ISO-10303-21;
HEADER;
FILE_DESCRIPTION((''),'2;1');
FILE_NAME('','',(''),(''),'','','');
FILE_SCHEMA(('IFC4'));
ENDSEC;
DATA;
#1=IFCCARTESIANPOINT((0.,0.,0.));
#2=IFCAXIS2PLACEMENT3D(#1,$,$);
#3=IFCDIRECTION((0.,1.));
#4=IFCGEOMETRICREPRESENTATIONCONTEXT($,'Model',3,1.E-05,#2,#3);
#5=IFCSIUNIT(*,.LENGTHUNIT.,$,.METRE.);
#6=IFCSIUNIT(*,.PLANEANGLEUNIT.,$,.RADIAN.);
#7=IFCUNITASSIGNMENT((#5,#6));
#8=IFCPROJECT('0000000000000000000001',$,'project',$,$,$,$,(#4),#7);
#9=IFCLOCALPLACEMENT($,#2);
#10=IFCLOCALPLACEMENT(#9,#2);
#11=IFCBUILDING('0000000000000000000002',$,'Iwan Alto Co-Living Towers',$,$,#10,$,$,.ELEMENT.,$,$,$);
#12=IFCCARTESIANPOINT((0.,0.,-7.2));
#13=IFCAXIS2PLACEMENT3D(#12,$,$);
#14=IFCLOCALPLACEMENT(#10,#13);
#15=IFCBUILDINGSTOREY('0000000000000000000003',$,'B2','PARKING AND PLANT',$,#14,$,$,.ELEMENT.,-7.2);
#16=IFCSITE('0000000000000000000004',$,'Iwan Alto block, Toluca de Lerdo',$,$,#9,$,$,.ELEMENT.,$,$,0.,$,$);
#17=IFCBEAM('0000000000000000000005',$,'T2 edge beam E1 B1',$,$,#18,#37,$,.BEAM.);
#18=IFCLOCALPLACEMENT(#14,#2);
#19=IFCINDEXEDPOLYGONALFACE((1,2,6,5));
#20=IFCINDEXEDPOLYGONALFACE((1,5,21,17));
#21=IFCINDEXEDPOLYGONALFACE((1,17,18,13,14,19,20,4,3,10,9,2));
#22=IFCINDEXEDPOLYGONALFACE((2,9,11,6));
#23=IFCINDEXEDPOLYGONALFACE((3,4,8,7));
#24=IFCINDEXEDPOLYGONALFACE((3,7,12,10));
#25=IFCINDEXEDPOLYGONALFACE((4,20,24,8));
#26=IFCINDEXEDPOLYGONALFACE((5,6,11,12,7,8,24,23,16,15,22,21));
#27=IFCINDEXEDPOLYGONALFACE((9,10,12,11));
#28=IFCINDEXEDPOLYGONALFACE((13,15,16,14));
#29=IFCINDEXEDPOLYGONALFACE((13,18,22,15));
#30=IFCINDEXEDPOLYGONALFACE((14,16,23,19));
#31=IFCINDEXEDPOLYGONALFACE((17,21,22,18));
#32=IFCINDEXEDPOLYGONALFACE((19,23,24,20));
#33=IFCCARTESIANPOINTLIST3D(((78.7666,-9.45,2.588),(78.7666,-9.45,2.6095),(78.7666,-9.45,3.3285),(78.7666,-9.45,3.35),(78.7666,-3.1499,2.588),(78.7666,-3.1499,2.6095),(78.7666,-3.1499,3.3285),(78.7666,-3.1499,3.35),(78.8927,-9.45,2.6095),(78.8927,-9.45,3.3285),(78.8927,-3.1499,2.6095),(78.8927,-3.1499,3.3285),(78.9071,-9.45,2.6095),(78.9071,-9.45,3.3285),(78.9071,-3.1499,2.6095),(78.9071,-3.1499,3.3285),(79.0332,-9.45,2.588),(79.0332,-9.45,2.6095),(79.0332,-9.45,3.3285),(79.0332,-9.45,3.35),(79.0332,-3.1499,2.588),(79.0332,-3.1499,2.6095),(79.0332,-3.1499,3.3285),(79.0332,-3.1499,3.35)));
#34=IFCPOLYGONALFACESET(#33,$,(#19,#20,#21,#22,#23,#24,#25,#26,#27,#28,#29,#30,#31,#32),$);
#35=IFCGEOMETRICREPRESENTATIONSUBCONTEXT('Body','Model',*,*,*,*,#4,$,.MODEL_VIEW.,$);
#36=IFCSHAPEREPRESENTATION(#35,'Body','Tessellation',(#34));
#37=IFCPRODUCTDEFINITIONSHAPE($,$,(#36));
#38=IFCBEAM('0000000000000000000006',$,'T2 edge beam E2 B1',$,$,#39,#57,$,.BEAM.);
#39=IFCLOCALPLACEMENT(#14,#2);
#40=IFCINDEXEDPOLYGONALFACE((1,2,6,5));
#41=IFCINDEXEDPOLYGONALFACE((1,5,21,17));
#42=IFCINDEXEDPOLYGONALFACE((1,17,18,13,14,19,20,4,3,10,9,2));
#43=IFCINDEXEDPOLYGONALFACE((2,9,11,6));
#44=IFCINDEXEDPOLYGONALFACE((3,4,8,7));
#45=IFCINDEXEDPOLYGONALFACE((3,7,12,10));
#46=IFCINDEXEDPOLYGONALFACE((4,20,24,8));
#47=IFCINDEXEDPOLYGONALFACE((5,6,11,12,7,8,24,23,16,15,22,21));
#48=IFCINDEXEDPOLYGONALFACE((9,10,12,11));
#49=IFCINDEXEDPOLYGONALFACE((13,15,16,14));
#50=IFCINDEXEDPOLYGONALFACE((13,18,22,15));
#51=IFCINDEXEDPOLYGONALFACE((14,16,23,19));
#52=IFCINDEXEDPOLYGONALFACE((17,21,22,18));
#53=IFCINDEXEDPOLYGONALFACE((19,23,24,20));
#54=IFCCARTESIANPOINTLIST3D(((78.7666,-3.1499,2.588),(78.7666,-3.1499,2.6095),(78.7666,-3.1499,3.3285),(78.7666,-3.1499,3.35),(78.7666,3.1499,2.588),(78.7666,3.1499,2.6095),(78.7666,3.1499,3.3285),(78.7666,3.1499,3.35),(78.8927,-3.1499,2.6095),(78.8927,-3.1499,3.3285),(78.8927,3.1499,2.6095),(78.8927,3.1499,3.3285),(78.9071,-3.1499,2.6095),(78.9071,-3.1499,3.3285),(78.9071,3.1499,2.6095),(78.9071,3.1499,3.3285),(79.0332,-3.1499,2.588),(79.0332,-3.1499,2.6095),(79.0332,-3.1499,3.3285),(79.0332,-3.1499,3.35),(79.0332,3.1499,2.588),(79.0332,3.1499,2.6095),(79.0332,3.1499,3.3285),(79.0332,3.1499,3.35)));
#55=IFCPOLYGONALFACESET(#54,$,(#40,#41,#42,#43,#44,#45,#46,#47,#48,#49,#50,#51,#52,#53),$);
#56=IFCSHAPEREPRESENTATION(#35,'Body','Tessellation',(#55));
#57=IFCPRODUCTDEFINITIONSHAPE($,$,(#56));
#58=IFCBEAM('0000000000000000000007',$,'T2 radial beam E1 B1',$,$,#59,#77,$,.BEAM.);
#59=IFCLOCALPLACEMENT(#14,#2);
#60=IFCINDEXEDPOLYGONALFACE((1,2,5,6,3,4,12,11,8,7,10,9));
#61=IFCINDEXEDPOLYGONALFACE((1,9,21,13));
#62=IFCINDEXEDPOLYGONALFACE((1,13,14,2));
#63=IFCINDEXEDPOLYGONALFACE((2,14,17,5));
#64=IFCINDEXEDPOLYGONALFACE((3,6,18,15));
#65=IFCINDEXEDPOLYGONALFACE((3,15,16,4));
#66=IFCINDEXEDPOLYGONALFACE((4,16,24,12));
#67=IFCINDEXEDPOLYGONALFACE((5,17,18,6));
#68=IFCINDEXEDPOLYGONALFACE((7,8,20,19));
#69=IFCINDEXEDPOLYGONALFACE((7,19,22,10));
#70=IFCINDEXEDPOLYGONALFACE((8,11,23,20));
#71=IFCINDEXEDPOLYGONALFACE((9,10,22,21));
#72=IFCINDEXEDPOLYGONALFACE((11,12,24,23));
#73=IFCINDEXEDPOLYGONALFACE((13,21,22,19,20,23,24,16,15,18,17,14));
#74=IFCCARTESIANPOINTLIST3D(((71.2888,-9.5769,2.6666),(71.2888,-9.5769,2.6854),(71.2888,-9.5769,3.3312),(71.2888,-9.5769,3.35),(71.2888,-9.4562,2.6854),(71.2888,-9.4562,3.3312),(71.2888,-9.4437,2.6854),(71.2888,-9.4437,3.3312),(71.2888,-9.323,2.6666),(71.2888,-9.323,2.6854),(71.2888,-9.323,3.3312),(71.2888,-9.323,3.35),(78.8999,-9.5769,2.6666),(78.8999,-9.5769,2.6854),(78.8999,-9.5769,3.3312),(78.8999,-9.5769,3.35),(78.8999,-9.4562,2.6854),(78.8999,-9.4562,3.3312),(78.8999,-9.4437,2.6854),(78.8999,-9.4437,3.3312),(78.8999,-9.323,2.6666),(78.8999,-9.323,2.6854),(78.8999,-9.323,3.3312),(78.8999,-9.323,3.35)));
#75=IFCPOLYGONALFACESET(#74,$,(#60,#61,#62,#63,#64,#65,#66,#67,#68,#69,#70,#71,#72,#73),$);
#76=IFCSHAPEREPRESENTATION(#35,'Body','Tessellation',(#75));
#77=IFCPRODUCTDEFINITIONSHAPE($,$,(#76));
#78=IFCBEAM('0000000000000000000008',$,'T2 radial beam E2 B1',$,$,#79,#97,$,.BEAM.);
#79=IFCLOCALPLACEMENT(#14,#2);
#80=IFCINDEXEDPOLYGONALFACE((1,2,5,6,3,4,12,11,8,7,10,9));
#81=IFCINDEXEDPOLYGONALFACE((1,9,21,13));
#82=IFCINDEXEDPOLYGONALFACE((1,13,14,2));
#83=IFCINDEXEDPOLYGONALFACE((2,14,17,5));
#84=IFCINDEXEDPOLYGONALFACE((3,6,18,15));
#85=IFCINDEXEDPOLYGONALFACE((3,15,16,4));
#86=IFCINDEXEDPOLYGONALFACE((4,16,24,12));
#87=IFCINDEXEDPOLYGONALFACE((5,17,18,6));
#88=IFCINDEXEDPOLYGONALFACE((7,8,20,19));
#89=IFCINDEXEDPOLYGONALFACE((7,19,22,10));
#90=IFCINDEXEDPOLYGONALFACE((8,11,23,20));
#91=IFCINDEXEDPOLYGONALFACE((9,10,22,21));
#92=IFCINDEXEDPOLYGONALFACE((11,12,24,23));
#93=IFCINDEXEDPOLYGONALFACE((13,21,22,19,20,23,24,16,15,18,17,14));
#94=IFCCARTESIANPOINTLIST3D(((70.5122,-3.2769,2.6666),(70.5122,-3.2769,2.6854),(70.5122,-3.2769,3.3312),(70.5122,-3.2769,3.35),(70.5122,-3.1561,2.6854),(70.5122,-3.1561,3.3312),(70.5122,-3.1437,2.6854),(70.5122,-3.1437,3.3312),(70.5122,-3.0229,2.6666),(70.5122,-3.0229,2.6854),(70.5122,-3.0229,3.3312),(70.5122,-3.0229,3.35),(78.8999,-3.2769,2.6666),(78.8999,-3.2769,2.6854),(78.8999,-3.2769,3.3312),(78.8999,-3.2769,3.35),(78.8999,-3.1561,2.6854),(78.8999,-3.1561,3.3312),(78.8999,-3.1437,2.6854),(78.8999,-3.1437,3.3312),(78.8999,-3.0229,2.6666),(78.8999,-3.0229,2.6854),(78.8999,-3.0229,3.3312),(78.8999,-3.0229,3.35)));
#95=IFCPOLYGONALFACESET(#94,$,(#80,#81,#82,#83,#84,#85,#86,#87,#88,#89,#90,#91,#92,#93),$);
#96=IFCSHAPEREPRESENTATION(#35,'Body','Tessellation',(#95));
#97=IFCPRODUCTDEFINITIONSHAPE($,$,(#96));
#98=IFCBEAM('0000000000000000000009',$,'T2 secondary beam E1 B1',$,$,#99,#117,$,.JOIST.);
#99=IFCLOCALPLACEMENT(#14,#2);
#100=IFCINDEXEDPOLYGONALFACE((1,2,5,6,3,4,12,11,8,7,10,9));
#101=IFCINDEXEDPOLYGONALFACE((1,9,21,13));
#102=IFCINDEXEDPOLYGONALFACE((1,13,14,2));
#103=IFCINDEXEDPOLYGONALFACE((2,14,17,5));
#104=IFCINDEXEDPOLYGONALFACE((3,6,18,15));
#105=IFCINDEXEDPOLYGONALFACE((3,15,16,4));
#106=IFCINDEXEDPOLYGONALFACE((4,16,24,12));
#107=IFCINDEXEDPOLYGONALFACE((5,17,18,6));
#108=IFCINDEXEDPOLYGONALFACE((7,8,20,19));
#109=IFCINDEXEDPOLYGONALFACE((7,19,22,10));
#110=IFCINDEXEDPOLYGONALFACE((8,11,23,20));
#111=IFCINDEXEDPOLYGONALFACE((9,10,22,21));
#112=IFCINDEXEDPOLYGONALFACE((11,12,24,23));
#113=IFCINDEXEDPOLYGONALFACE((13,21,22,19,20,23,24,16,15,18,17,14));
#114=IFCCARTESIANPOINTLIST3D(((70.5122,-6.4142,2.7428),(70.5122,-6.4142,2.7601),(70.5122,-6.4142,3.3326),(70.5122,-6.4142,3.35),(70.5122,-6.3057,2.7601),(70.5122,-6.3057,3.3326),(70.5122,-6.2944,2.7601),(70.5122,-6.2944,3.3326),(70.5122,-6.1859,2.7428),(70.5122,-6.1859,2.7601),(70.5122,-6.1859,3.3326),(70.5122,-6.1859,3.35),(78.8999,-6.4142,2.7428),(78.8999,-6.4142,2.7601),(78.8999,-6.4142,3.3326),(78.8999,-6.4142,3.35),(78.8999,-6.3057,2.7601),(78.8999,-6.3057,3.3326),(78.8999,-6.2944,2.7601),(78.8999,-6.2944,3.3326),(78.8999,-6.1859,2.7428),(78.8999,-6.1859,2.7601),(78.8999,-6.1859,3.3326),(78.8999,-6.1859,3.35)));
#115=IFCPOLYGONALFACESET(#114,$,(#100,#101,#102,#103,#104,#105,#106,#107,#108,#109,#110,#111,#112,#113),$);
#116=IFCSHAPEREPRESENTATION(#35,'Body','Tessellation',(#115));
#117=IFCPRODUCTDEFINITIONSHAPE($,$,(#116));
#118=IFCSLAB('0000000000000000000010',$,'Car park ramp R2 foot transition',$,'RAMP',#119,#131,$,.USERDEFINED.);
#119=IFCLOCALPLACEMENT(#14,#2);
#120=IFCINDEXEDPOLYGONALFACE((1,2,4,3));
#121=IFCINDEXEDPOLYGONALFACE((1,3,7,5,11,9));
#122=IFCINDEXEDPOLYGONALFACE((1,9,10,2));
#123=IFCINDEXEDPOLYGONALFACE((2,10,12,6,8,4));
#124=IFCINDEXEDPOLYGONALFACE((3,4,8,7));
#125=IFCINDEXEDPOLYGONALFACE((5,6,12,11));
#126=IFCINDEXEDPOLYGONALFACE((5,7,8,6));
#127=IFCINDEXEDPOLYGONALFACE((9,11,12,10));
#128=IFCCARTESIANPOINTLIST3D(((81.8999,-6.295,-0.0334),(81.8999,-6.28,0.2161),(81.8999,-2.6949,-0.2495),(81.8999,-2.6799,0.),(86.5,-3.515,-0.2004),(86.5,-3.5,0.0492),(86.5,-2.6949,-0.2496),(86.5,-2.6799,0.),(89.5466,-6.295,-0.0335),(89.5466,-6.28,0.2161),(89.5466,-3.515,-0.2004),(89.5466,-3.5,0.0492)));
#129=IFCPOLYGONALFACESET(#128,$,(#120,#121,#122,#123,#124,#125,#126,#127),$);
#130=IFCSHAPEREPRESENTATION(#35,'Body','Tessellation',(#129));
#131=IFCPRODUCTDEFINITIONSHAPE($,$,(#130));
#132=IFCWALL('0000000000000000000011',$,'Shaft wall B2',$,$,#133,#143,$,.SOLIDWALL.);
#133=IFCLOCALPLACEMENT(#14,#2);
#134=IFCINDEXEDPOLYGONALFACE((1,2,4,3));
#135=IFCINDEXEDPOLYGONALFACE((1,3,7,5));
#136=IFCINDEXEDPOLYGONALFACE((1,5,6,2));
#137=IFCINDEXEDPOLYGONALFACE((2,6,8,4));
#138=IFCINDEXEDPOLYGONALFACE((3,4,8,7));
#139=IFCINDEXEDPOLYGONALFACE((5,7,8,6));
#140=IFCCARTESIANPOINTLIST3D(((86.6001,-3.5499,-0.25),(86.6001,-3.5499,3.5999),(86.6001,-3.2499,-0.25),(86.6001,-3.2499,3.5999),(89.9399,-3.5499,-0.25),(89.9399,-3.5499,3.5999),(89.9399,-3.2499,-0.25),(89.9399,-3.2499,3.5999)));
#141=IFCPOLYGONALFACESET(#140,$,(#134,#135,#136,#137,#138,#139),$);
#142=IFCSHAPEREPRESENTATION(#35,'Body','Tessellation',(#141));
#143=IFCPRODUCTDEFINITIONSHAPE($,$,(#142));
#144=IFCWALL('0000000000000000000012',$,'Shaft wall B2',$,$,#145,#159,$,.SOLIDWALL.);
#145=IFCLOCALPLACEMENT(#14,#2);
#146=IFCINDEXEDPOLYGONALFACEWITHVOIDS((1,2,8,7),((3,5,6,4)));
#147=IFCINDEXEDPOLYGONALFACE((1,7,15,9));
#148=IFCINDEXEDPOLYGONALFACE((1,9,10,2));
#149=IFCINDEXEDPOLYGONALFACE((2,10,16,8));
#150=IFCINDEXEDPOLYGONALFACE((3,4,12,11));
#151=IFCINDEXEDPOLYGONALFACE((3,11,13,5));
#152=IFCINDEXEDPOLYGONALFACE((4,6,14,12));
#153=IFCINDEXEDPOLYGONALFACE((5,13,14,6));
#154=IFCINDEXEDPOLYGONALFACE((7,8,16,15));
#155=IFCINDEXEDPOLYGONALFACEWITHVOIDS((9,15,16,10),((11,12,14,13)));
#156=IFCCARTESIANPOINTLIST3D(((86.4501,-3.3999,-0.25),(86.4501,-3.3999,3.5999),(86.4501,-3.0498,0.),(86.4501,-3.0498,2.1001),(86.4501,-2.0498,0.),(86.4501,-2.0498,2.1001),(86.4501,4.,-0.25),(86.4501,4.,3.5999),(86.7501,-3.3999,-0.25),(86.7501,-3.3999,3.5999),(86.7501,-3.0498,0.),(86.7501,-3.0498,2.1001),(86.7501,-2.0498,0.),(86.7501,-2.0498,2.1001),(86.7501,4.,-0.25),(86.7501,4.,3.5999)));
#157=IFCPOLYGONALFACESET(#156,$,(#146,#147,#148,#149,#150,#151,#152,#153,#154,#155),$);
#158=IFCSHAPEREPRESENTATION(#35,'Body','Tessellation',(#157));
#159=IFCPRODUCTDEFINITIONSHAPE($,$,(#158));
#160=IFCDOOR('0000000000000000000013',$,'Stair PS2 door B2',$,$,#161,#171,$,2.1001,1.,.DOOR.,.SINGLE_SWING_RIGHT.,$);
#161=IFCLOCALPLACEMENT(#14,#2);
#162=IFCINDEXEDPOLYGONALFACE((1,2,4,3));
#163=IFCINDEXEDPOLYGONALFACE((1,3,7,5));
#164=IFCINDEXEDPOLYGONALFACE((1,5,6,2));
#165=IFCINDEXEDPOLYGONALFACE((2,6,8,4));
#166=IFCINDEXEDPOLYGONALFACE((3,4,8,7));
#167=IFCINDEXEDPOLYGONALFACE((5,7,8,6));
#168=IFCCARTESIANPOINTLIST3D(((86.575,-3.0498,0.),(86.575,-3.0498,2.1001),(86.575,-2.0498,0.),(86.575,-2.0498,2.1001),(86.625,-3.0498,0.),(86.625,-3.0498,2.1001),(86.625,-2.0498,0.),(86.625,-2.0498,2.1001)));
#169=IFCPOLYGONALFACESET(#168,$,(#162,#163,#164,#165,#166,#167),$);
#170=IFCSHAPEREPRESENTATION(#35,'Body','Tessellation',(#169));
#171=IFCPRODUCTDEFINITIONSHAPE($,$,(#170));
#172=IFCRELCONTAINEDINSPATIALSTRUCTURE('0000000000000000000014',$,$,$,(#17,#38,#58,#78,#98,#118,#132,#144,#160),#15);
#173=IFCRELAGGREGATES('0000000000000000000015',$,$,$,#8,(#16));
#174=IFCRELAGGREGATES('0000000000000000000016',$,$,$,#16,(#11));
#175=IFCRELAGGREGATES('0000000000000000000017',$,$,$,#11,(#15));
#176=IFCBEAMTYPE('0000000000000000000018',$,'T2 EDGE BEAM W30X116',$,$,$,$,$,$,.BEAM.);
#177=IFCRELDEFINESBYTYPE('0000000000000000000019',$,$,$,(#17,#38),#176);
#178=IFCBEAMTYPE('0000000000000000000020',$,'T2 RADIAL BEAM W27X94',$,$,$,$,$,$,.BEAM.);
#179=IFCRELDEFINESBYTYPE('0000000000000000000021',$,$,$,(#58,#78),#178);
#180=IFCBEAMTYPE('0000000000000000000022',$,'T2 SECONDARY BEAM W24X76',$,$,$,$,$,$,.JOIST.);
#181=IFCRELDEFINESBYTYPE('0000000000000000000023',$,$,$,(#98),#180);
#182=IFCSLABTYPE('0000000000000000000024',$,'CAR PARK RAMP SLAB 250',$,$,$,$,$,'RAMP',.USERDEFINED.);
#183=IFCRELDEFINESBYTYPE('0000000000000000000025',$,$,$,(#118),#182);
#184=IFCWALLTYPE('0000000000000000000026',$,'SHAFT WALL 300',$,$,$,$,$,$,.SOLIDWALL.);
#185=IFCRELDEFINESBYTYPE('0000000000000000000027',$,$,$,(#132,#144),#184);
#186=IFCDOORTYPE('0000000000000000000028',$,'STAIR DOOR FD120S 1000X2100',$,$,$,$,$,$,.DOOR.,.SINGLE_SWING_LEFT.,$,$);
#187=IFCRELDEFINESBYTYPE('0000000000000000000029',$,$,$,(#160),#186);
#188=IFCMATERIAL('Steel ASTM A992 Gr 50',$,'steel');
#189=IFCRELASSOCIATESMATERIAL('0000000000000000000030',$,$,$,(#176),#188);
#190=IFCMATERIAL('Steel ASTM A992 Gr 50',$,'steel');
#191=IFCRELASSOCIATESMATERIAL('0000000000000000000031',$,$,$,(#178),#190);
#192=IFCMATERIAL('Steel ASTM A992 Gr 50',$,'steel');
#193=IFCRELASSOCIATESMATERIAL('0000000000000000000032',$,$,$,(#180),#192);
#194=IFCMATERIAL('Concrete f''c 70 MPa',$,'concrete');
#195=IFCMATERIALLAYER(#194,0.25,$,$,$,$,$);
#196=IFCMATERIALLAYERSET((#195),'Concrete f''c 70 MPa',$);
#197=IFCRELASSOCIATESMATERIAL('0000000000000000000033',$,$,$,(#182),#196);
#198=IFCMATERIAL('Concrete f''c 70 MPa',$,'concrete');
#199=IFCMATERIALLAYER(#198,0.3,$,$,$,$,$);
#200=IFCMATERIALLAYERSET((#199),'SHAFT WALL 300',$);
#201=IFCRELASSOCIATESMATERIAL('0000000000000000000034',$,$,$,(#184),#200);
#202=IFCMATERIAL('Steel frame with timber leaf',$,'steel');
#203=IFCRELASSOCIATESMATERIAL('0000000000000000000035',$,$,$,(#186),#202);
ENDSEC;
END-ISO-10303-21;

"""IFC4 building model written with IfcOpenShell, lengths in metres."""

from ifc_helpers import new_model, si_unit, direction, frame, frame_2d, origin, origin_2d, place, context, subcontext, project, spatial, polyline, rectangle, i_section, outline, extrude, material, layer, layer_set, material_profile, profile_set, type_object, element, fill, save


model = new_model("IFC4")

# Units and contexts
model_context = context("Model", 3, precision=1e-05, world=origin(), true_north=direction((0.0, 1.0)))
body_context = subcontext(model_context, "Body", "Model", "MODEL_VIEW")
ifc_project = project(units=[si_unit("LENGTHUNIT", "METRE"), si_unit("PLANEANGLEUNIT", "RADIAN")], contexts=[model_context])

# Site, building, storey
site_placement = place(None, origin())
site = spatial("IfcSite", under=ifc_project, at=site_placement, Name="Iwan Alto block, Toluca de Lerdo", CompositionType="ELEMENT", RefElevation=0.0)
building_placement = place(site_placement, origin())
building = spatial("IfcBuilding", under=site, at=building_placement, Name="Iwan Alto Co-Living Towers", CompositionType="ELEMENT")
storey_placement = place(building_placement, frame((0.0, 0.0, -7.2)))
storey = spatial("IfcBuildingStorey", under=building, at=storey_placement, Name="B2", Description="PARKING AND PLANT", CompositionType="ELEMENT", Elevation=-7.2)

# Beams
ifc_material_1 = material(Name="Steel ASTM A992 Gr 50", Category="steel")
ifc_material_profile_1 = material_profile(ifc_material_1, i_section(OverallWidth=0.2666, OverallDepth=0.762, WebThickness=0.0144, FlangeThickness=0.0215, at=origin_2d()), Name="W30X116")
ifc_profile_set_1 = profile_set([ifc_material_profile_1], Name="Steel ASTM A992 Gr 50")
beam_type_1 = type_object("IfcBeamType", Name="T2 EDGE BEAM W30X116", PredefinedType="BEAM", material=ifc_profile_set_1)
beam_1_placement = place(storey_placement, frame((78.8999, -9.45, 2.969), z_axis=(0.0, 1.0, 0.0), x_axis=(-1.0, 0.0, 0.0)))
element("IfcBeam", 1, at=beam_1_placement, inside=storey, type_object=beam_type_1, Name="T2 edge beam E1 B1", PredefinedType="BEAM", context=body_context, shape_type="SweptSolid", body=[
    extrude(i_section(OverallWidth=0.2666, OverallDepth=0.762, WebThickness=0.0144, FlangeThickness=0.0215, at=origin_2d()), origin(), (0.0, 0.0, 1.0), 6.3),
])
beam_2_placement = place(storey_placement, frame((78.8999, -3.1499, 2.969), z_axis=(0.0, 1.0, 0.0), x_axis=(-1.0, 0.0, 0.0)))
element("IfcBeam", 2, at=beam_2_placement, inside=storey, type_object=beam_type_1, Name="T2 edge beam E2 B1", PredefinedType="BEAM", context=body_context, shape_type="SweptSolid", body=[
    extrude(i_section(OverallWidth=0.2666, OverallDepth=0.762, WebThickness=0.0144, FlangeThickness=0.0215, at=origin_2d()), origin(), (0.0, 0.0, 1.0), 6.2998),
])
ifc_material_2 = material(Name="Steel ASTM A992 Gr 50", Category="steel")
ifc_material_profile_2 = material_profile(ifc_material_2, i_section(OverallWidth=0.2539, OverallDepth=0.6833, WebThickness=0.0125, FlangeThickness=0.0188, at=origin_2d()), Name="W27X94")
ifc_profile_set_2 = profile_set([ifc_material_profile_2], Name="Steel ASTM A992 Gr 50")
beam_type_2 = type_object("IfcBeamType", Name="T2 RADIAL BEAM W27X94", PredefinedType="BEAM", material=ifc_profile_set_2)
beam_3_placement = place(storey_placement, frame((78.8999, -9.45, 3.0083), z_axis=(-1.0, 0.0, 0.0), x_axis=(0.0, -1.0, 0.0)))
element("IfcBeam", 3, at=beam_3_placement, inside=storey, type_object=beam_type_2, Name="T2 radial beam E1 B1", PredefinedType="BEAM", context=body_context, shape_type="SweptSolid", body=[
    extrude(i_section(OverallWidth=0.2539, OverallDepth=0.6833, WebThickness=0.0125, FlangeThickness=0.0188, at=origin_2d()), origin(), (0.0, 0.0, 1.0), 7.6111),
])
beam_4_placement = place(storey_placement, frame((78.8999, -3.1499, 3.0083), z_axis=(-1.0, 0.0, 0.0), x_axis=(0.0, -1.0, 0.0)))
element("IfcBeam", 4, at=beam_4_placement, inside=storey, type_object=beam_type_2, Name="T2 radial beam E2 B1", PredefinedType="BEAM", context=body_context, shape_type="SweptSolid", body=[
    extrude(i_section(OverallWidth=0.2539, OverallDepth=0.6833, WebThickness=0.0125, FlangeThickness=0.0188, at=origin_2d()), origin(), (0.0, 0.0, 1.0), 8.3877),
])
ifc_material_3 = material(Name="Steel ASTM A992 Gr 50", Category="steel")
ifc_material_profile_3 = material_profile(ifc_material_3, i_section(OverallWidth=0.2283, OverallDepth=0.6072, WebThickness=0.0112, FlangeThickness=0.0173, at=origin_2d()), Name="W24X76")
ifc_profile_set_3 = profile_set([ifc_material_profile_3], Name="Steel ASTM A992 Gr 50")
beam_type_3 = type_object("IfcBeamType", Name="T2 SECONDARY BEAM W24X76", PredefinedType="JOIST", material=ifc_profile_set_3)
beam_5_placement = place(storey_placement, frame((78.8999, -6.3, 3.0464), z_axis=(-1.0, 0.0, 0.0), x_axis=(0.0, -1.0, 0.0)))
element("IfcBeam", 5, at=beam_5_placement, inside=storey, type_object=beam_type_3, Name="T2 secondary beam E1 B1", PredefinedType="JOIST", context=body_context, shape_type="SweptSolid", body=[
    extrude(i_section(OverallWidth=0.2283, OverallDepth=0.6072, WebThickness=0.0112, FlangeThickness=0.0173, at=origin_2d()), origin(), (0.0, 0.0, 1.0), 8.3877),
])

# Slab
ifc_material_4 = material(Name="Concrete f'c 70 MPa", Category="concrete")
ifc_layer_1 = layer(ifc_material_4, 0.25)
ifc_layer_set_1 = layer_set([ifc_layer_1], Name="Concrete f'c 70 MPa")
slab_type = type_object("IfcSlabType", Name="CAR PARK RAMP SLAB 250", ElementType="RAMP", PredefinedType="USERDEFINED", material=ifc_layer_set_1)
slab_placement = place(storey_placement, frame((89.5466, -6.28, 0.2161), z_axis=(0.00001, 0.059926, 0.998203), x_axis=(-1.0, 0.000001, 0.00001)))
element("IfcSlab", 6, at=slab_placement, inside=storey, type_object=slab_type, Name="Car park ramp R2 foot transition", ObjectType="RAMP", PredefinedType="USERDEFINED", context=body_context, shape_type="SweptSolid", body=[
    extrude(outline(polyline([(0.0, 0.0), (7.6467, 0.0), (7.6467, -3.6066), (3.0466, -3.6066), (3.0466, -2.785), (0.0, -2.785), (0.0, 0.0)])), origin(), (0.0, 0.0, -1.0), 0.25),
])

# Wall
ifc_material_5 = material(Name="Concrete f'c 70 MPa", Category="concrete")
ifc_layer_2 = layer(ifc_material_5, 0.3)
ifc_layer_set_2 = layer_set([ifc_layer_2], Name="SHAFT WALL 300")
wall_type_1 = type_object("IfcWallType", Name="SHAFT WALL 300", PredefinedType="SOLIDWALL", material=ifc_layer_set_2)
wall_1_placement = place(storey_placement, frame((86.6001, -3.3999, -0.25), z_axis=(0.0, 0.0, 1.0), x_axis=(1.0, 0.0, 0.0)))
element("IfcWall", 7, at=wall_1_placement, inside=storey, type_object=wall_type_1, Name="Shaft wall B2", PredefinedType="SOLIDWALL", context=body_context, shape_type="SweptSolid", body=[
    extrude(rectangle(XDim=3.3398, YDim=0.3, at=frame_2d((1.6699, 0.0))), origin(), (0.0, 0.0, 1.0), 3.8499),
])

# Wall, opening, door
wall_2_placement = place(storey_placement, frame((86.6001, -3.3999, -0.25), z_axis=(0.0, 0.0, 1.0), x_axis=(0.0, 1.0, 0.0)))
wall_2 = element("IfcWall", 8, at=wall_2_placement, inside=storey, type_object=wall_type_1, Name="Shaft wall B2", PredefinedType="SOLIDWALL", context=body_context, shape_type="SweptSolid", body=[
    extrude(rectangle(XDim=7.3999, YDim=0.3, at=frame_2d((3.7, 0.0))), origin(), (0.0, 0.0, 1.0), 3.8499),
])
opening_1_placement = place(wall_2_placement, frame((0.3501, 0.0, 0.25)))
opening_1 = element("IfcOpeningElement", 9, at=opening_1_placement, cuts=wall_2, PredefinedType="OPENING", context=body_context, shape_type="SweptSolid", body=[
    extrude(rectangle(XDim=1.0, YDim=2.1001, at=frame_2d((0.5, 1.05))), frame((0.0, 0.1599, 0.0), z_axis=(0.0, -1.0, 0.0), x_axis=(1.0, 0.0, 0.0)), (0.0, 0.0, 1.0), 0.3201),
])
ifc_material_6 = material(Name="Steel frame with timber leaf", Category="steel")
door_type_1 = type_object("IfcDoorType", Name="STAIR DOOR FD120S 1000X2100", OperationType="SINGLE_SWING_LEFT", PredefinedType="DOOR", material=ifc_material_6)
door_1_placement = place(opening_1_placement, frame((1.0, 0.0, 0.0), z_axis=(0.0, 0.0, 1.0), x_axis=(-1.0, 0.0, 0.0)))
door_1 = element("IfcDoor", 10, at=door_1_placement, inside=storey, type_object=door_type_1, Name="Stair PS2 door B2", OperationType="SINGLE_SWING_RIGHT", OverallHeight=2.1001, OverallWidth=1.0, PredefinedType="DOOR", context=body_context, shape_type="SweptSolid", body=[
    extrude(rectangle(XDim=1.0, YDim=2.1001, at=frame_2d((0.5, 1.05))), frame((0.0, 0.0249, 0.0), z_axis=(0.0, -1.0, 0.0), x_axis=(1.0, 0.0, 0.0)), (0.0, 0.0, 1.0), 0.05),
])
fill(opening_1, door_1)

save(model, "model.ifc")
